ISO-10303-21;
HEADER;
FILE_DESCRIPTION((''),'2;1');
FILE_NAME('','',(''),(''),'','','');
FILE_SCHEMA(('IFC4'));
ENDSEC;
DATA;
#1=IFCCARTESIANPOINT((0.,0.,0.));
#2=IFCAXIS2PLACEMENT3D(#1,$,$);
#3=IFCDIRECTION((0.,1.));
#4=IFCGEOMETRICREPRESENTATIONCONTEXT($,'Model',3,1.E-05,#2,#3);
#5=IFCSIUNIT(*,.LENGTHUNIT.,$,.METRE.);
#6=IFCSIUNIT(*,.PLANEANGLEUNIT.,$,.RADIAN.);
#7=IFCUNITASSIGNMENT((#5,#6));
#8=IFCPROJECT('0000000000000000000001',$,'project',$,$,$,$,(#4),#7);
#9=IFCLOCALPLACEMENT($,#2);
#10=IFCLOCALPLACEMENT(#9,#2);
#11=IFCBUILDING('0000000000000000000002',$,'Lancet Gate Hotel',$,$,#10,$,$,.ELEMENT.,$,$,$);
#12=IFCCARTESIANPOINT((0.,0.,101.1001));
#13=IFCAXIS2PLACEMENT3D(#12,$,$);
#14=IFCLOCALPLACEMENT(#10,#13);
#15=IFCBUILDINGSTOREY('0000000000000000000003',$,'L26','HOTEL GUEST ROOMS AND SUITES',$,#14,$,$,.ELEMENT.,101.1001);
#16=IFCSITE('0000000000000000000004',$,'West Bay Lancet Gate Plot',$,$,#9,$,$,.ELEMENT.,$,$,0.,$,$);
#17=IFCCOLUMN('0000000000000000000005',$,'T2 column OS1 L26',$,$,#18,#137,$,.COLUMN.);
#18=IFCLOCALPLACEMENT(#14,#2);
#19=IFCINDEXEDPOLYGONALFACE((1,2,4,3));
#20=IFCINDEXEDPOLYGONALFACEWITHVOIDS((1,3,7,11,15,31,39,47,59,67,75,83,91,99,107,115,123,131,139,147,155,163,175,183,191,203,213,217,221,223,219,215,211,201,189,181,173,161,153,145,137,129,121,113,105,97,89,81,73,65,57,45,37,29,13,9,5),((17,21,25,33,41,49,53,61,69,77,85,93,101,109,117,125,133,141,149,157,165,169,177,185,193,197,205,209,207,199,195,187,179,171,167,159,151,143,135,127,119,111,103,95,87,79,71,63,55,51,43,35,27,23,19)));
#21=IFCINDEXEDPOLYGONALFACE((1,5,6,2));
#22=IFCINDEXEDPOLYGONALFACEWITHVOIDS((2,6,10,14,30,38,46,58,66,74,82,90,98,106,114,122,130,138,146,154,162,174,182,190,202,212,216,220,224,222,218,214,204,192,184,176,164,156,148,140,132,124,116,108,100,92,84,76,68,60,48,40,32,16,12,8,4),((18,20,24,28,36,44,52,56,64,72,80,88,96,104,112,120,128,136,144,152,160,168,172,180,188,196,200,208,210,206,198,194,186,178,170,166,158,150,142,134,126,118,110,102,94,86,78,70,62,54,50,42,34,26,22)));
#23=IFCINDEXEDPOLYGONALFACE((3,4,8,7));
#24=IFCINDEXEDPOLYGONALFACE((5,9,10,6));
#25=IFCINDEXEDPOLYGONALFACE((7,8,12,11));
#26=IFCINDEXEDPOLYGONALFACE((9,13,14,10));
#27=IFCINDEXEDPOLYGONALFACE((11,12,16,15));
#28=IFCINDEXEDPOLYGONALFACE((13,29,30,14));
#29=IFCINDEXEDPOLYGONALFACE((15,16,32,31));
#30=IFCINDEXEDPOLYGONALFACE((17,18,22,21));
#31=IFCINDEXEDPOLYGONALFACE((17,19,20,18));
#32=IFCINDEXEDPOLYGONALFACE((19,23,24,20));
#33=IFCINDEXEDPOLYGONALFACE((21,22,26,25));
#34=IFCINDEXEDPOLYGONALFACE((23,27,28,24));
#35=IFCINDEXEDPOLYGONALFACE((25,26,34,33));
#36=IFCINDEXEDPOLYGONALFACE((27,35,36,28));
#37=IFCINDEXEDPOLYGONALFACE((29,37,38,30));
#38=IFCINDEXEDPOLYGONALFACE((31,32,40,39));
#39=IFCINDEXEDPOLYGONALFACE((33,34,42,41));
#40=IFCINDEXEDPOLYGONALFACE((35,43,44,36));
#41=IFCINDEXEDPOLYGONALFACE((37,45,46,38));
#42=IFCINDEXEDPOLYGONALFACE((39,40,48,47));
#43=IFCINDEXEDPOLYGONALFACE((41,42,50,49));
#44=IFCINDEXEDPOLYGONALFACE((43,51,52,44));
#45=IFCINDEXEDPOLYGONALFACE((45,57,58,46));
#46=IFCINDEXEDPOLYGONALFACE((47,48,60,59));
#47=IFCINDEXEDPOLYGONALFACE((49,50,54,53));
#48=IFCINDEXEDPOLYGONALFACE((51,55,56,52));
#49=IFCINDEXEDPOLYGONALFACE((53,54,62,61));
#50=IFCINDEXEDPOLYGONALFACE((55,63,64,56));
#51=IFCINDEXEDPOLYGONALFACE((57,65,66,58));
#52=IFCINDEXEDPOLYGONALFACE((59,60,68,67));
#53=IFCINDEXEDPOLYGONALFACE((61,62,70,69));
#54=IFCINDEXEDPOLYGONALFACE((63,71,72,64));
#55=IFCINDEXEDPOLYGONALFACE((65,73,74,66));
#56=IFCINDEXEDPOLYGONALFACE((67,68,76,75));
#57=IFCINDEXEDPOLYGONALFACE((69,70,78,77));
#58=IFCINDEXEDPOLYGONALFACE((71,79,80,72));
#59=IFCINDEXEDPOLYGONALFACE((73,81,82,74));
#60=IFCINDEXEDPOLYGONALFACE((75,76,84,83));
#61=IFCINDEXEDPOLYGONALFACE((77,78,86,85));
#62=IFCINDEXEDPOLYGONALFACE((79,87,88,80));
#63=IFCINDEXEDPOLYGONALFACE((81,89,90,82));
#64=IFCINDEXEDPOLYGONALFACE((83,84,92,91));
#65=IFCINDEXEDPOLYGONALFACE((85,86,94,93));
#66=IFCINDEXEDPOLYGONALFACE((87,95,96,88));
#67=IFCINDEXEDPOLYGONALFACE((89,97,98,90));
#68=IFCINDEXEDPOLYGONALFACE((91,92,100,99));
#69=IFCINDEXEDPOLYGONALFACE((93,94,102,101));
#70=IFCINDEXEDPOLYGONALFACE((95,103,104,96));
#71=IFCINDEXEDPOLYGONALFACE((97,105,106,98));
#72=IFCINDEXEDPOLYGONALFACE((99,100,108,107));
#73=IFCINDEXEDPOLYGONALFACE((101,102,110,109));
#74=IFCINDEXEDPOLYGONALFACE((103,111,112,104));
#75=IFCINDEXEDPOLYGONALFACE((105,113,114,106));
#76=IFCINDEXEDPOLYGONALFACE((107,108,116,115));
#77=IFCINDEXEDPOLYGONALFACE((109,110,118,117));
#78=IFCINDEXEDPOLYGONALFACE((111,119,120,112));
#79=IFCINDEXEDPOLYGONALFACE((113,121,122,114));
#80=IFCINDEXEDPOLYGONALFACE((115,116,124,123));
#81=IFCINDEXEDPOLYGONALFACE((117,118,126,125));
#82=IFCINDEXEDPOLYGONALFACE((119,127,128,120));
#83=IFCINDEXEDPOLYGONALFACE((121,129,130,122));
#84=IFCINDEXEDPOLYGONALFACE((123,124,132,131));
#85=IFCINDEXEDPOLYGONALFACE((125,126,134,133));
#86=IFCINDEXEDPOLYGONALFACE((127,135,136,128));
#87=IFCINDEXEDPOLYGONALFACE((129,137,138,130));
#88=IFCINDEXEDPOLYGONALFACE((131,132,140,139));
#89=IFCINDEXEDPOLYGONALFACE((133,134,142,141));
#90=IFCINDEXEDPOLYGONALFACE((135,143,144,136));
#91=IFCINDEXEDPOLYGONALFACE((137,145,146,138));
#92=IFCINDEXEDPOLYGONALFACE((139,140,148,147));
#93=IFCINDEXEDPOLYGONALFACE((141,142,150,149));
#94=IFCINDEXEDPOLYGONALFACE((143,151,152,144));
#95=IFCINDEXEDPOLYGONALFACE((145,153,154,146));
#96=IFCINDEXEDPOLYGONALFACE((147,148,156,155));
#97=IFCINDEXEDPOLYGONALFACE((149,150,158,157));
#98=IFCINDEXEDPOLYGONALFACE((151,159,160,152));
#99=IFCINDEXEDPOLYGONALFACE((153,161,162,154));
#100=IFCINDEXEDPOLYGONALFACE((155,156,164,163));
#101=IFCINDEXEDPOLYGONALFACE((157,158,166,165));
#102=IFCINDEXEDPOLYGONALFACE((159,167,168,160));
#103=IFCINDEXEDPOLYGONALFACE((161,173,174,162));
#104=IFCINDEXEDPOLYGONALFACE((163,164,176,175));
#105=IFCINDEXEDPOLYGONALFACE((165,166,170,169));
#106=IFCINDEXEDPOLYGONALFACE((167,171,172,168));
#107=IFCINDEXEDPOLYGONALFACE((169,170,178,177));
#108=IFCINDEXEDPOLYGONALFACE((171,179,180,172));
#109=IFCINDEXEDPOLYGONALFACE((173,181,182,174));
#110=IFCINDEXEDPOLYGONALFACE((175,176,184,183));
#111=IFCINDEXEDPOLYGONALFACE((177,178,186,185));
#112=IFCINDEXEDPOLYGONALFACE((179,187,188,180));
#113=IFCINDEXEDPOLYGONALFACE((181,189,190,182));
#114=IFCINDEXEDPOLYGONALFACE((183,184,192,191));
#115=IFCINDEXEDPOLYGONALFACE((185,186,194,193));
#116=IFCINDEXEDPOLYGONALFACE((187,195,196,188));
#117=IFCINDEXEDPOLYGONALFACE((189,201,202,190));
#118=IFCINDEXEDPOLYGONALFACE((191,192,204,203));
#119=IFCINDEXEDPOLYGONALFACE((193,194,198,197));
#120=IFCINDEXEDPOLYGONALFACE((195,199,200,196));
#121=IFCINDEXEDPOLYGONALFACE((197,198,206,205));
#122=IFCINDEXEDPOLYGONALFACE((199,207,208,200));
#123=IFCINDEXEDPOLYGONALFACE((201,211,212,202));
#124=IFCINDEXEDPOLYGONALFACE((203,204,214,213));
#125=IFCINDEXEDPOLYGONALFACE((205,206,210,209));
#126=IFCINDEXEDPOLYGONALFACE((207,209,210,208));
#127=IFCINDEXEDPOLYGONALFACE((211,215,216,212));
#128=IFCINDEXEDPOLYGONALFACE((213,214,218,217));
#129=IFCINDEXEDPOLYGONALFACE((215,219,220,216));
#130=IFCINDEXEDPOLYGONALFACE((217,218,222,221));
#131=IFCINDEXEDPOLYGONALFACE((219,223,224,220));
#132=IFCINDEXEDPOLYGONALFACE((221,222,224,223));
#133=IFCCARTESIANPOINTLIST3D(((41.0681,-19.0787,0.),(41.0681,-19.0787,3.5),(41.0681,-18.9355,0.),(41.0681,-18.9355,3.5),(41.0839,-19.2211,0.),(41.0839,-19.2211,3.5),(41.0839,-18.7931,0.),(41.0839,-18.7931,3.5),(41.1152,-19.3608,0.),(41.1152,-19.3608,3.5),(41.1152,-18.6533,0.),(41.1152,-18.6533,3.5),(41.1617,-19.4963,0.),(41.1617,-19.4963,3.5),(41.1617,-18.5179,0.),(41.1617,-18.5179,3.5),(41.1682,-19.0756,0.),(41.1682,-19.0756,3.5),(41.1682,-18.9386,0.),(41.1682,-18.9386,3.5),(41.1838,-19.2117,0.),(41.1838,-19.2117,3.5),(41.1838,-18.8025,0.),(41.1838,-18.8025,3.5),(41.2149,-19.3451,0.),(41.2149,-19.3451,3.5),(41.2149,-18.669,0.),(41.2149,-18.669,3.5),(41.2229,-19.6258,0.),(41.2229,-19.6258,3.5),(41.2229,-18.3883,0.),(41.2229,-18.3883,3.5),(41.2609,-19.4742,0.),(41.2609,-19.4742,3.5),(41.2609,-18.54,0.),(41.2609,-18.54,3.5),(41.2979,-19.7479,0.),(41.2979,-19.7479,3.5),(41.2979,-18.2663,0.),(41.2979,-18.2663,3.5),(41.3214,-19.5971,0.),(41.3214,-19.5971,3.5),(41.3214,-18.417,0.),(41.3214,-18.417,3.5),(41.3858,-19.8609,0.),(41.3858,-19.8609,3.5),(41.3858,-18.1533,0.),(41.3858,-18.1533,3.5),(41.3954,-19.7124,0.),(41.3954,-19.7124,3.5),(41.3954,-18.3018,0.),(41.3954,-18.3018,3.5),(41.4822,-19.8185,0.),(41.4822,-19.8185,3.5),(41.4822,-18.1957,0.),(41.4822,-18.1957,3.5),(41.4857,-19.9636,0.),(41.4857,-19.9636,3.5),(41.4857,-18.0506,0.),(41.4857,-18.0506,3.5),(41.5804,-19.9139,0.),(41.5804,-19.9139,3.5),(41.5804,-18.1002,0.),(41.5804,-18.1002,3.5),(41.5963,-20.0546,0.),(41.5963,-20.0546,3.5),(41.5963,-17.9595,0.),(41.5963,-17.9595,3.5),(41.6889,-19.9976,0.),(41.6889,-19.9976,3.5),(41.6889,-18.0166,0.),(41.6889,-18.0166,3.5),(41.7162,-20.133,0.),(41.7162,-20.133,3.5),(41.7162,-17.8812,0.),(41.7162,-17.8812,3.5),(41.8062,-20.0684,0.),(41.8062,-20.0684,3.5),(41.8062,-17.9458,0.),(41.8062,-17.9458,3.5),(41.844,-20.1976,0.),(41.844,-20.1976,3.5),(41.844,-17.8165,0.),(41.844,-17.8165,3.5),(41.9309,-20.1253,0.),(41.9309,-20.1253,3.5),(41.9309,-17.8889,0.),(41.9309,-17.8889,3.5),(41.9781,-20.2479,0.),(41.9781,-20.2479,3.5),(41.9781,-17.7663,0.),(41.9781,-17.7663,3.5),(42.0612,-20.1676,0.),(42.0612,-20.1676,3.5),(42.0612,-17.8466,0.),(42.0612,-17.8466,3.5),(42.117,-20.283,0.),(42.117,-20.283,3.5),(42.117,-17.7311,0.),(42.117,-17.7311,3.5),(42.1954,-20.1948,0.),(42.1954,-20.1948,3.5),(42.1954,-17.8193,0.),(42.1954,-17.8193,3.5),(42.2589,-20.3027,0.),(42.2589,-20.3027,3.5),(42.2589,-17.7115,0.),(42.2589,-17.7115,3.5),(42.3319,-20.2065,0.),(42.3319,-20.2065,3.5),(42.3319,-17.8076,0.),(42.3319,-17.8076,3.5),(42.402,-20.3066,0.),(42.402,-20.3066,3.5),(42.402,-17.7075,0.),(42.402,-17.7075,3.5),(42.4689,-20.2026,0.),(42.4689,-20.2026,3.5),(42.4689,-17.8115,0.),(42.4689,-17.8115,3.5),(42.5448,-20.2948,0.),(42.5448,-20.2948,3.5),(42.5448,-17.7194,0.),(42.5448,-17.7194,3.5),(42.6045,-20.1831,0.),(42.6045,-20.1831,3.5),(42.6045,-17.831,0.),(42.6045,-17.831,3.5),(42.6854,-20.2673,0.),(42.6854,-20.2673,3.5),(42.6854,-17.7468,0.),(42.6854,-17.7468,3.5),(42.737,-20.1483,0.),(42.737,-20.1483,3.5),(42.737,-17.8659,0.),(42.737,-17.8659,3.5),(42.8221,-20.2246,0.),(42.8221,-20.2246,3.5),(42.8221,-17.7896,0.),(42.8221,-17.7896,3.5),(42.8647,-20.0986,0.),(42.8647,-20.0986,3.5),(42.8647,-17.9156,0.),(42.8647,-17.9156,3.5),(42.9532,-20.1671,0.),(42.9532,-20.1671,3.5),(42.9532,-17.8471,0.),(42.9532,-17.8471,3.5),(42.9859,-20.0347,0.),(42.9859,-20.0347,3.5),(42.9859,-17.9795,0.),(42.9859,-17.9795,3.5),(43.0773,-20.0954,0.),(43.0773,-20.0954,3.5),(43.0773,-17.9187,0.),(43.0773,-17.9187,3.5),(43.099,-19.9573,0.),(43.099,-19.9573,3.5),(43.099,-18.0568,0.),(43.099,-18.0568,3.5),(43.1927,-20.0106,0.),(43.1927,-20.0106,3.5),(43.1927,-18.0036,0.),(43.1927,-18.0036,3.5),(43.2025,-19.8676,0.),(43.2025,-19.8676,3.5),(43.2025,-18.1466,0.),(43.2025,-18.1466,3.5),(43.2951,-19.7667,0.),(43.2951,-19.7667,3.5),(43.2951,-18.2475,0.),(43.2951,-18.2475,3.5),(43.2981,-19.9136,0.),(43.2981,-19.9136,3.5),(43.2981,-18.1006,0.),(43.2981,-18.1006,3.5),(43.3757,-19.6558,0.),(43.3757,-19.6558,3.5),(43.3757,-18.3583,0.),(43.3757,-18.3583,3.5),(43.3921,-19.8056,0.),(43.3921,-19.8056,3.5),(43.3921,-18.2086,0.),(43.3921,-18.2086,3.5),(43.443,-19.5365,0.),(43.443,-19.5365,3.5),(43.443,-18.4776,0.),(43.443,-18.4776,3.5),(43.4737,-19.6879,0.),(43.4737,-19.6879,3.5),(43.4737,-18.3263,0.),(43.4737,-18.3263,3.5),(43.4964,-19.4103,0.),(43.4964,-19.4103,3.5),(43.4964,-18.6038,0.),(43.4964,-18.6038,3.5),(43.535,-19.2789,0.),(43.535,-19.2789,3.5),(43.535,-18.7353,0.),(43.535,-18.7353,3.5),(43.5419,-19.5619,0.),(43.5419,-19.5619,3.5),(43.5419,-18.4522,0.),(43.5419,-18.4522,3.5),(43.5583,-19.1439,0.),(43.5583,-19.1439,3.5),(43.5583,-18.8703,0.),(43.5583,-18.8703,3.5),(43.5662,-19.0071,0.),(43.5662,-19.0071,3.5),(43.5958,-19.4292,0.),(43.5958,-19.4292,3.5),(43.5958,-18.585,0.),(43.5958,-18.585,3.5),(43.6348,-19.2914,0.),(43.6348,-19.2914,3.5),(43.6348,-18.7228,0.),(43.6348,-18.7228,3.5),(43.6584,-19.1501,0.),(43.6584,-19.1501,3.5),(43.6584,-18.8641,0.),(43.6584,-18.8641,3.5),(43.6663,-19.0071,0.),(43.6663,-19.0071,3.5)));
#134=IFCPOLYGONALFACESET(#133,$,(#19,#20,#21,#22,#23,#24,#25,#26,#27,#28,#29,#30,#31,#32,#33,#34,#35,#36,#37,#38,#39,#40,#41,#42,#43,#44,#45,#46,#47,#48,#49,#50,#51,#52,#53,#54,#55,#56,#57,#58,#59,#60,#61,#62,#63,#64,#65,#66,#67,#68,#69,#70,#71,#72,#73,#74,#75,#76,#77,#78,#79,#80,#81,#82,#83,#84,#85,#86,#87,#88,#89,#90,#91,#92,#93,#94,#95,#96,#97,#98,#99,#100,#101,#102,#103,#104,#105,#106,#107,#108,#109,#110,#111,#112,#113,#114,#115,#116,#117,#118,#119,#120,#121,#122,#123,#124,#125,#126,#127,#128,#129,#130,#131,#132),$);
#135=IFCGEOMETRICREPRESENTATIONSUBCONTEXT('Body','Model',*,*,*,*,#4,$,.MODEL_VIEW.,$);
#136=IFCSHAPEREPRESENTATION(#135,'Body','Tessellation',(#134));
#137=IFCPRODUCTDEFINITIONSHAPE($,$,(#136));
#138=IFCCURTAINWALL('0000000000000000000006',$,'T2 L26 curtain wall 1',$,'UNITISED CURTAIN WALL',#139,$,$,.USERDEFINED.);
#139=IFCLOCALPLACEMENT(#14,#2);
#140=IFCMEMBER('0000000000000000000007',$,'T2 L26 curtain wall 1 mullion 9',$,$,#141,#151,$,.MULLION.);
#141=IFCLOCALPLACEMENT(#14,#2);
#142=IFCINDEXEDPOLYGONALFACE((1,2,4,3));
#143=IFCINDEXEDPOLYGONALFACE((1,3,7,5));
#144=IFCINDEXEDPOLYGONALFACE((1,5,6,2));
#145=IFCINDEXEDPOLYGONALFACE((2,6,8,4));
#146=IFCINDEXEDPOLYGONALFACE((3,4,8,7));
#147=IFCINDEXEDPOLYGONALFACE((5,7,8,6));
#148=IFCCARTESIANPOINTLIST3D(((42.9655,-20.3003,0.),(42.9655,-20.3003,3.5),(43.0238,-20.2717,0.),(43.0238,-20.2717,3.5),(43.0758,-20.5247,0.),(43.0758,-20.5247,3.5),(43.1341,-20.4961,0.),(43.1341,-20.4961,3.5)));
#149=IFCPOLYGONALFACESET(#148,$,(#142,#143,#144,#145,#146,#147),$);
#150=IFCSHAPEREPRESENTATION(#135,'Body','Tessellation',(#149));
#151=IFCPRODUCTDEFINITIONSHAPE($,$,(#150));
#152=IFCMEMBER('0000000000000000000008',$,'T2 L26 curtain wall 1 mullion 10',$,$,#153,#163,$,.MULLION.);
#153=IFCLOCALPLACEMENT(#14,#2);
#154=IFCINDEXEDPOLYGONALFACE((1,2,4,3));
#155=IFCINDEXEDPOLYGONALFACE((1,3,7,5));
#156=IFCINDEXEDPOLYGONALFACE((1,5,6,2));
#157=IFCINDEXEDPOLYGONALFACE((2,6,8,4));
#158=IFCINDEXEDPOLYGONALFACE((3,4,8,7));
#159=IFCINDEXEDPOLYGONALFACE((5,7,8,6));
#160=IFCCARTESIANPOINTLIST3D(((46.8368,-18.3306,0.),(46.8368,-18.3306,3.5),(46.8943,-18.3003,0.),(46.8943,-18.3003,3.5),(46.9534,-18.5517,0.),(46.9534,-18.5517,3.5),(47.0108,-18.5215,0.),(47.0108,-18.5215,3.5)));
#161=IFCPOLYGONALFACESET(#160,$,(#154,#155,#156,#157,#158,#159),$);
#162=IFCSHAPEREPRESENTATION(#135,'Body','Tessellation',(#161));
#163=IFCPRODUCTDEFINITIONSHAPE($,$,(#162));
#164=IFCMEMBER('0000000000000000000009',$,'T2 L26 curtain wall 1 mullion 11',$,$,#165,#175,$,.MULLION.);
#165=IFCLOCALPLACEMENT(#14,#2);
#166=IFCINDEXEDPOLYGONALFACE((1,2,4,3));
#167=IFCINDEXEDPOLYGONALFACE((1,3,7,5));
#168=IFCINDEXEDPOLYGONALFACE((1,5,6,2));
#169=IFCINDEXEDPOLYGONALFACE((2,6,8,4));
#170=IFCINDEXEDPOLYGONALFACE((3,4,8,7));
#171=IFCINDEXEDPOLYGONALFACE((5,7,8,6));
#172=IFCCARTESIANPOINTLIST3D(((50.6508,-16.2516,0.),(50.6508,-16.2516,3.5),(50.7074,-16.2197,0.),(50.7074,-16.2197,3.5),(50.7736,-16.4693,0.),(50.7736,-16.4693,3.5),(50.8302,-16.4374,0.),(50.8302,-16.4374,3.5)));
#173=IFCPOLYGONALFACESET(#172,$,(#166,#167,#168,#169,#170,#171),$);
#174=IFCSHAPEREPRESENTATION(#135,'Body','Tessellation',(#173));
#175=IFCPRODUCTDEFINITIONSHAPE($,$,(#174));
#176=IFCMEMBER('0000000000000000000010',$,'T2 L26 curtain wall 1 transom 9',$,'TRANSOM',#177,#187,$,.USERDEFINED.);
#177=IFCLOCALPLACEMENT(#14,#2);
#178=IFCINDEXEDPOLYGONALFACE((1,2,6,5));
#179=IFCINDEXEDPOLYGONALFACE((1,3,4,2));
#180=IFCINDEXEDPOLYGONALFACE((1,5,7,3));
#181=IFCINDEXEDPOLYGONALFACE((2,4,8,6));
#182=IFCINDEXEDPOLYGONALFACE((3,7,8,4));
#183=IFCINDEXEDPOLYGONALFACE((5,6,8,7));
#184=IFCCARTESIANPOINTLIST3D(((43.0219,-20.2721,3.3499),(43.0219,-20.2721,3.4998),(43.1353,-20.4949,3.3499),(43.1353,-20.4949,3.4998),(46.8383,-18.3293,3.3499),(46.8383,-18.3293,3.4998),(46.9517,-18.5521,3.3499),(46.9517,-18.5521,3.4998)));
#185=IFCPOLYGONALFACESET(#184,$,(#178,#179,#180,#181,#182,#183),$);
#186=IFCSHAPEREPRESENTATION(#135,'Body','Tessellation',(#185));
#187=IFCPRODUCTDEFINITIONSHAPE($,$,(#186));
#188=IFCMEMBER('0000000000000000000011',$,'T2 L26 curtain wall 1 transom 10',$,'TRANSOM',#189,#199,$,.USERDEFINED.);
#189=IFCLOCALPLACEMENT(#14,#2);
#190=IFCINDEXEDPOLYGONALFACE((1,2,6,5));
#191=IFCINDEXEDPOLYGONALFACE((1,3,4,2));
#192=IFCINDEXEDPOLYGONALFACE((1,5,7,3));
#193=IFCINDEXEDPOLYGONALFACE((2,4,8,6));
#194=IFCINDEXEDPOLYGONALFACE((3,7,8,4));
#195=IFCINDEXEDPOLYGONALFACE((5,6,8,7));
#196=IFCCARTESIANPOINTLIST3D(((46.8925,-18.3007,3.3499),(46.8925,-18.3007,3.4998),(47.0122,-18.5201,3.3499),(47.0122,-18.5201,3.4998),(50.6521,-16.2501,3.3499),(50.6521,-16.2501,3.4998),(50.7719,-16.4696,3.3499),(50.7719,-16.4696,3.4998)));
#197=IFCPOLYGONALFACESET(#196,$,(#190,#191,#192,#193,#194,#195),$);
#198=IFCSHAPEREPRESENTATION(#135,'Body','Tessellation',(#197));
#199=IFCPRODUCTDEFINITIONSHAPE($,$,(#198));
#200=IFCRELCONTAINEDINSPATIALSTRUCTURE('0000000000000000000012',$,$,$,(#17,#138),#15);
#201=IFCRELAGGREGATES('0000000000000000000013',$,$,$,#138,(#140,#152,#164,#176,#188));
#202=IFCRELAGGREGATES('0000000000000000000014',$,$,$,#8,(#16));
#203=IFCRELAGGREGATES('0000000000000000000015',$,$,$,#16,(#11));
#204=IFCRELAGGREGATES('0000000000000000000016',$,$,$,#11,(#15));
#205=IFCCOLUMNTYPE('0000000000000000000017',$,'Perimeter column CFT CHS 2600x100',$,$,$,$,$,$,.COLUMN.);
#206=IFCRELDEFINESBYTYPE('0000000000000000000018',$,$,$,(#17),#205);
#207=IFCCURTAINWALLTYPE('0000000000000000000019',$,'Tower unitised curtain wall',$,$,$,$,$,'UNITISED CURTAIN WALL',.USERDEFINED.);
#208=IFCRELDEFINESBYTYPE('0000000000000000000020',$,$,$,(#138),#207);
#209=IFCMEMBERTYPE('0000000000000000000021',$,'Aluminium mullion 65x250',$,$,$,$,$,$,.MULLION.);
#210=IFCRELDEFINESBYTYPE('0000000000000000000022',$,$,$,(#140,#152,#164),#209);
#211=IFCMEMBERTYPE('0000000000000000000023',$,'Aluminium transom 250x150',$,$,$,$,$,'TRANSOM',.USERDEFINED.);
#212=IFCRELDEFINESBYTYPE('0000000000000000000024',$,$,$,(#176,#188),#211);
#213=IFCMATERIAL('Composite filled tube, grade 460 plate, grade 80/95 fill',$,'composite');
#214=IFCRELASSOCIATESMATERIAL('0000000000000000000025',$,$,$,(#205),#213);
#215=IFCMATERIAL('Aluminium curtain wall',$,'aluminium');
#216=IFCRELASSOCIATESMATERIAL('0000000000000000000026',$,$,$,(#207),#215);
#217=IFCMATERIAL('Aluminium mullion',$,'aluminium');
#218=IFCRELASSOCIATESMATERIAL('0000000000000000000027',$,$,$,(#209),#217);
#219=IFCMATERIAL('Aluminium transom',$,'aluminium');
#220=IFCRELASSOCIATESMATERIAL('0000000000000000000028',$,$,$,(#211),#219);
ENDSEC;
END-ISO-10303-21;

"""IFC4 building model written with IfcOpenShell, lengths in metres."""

from ifc_helpers import new_model, si_unit, direction, frame, origin, origin_2d, place, context, subcontext, project, spatial, rectangle, hollow_circle, extrude, material, material_profile, profile_set, type_object, element, aggregate, save


model = new_model("IFC4")

# Units and contexts
model_context = context("Model", 3, precision=1e-05, world=origin(), true_north=direction((0.0, 1.0)))
body_context = subcontext(model_context, "Body", "Model", "MODEL_VIEW")
ifc_project = project(units=[si_unit("LENGTHUNIT", "METRE"), si_unit("PLANEANGLEUNIT", "RADIAN")], contexts=[model_context])

# Site, building, storey
site_placement = place(None, origin())
site = spatial("IfcSite", under=ifc_project, at=site_placement, Name="West Bay Lancet Gate Plot", CompositionType="ELEMENT", RefElevation=0.0)
building_placement = place(site_placement, origin())
building = spatial("IfcBuilding", under=site, at=building_placement, Name="Lancet Gate Hotel", CompositionType="ELEMENT")
storey_placement = place(building_placement, frame((0.0, 0.0, 101.1001)))
storey = spatial("IfcBuildingStorey", under=building, at=storey_placement, Name="L26", Description="HOTEL GUEST ROOMS AND SUITES", CompositionType="ELEMENT", Elevation=101.1001)

# Column
ifc_material_1 = material(Name="Composite filled tube, grade 460 plate, grade 80/95 fill", Category="composite")
ifc_material_profile_1 = material_profile(ifc_material_1, hollow_circle(Radius=1.3, WallThickness=0.1001, at=origin_2d()), Name="CHS 2600x100")
ifc_profile_set_1 = profile_set([ifc_material_profile_1], Name="Composite filled tube, grade 460 plate, grade 80/95 fill")
column_type = type_object("IfcColumnType", Name="Perimeter column CFT CHS 2600x100", PredefinedType="COLUMN", material=ifc_profile_set_1)
column_placement = place(storey_placement, frame((42.3662, -19.0071, 0.0), z_axis=(0.0, 0.0, 1.0), x_axis=(1.0, 0.0, 0.0)))
element("IfcColumn", 1, at=column_placement, inside=storey, type_object=column_type, Name="T2 column OS1 L26", PredefinedType="COLUMN", context=body_context, shape_type="SweptSolid", body=[
    extrude(hollow_circle(Radius=1.3, WallThickness=0.1001, at=origin_2d()), origin(), (0.0, 0.0, 1.0), 3.5),
])

# Curtain wall, members
ifc_material_2 = material(Name="Aluminium curtain wall", Category="aluminium")
curtain_wall_type = type_object("IfcCurtainWallType", Name="Tower unitised curtain wall", ElementType="UNITISED CURTAIN WALL", PredefinedType="USERDEFINED", material=ifc_material_2)
curtain_wall_placement = place(storey_placement, origin())
curtain_wall = element("IfcCurtainWall", 2, at=curtain_wall_placement, inside=storey, type_object=curtain_wall_type, Name="T2 L26 curtain wall 1", ObjectType="UNITISED CURTAIN WALL", PredefinedType="USERDEFINED")
ifc_material_3 = material(Name="Aluminium mullion", Category="aluminium")
ifc_material_profile_2 = material_profile(ifc_material_3, rectangle(XDim=0.0649, YDim=0.25, at=origin_2d()), Name="MULLION 65x250")
ifc_profile_set_2 = profile_set([ifc_material_profile_2], Name="Aluminium mullion")
member_type_1 = type_object("IfcMemberType", Name="Aluminium mullion 65x250", PredefinedType="MULLION", material=ifc_profile_set_2)
member_1_placement = place(storey_placement, frame((43.0498, -20.3982, 0.0), z_axis=(0.0, 0.0, 1.0), x_axis=(0.897512, 0.44099, 0.0)))
member_1 = element("IfcMember", 3, at=member_1_placement, type_object=member_type_1, Name="T2 L26 curtain wall 1 mullion 9", PredefinedType="MULLION", context=body_context, shape_type="SweptSolid", body=[
    extrude(rectangle(XDim=0.0649, YDim=0.25, at=origin_2d()), origin(), (0.0, 0.0, 1.0), 3.5),
])
member_2_placement = place(storey_placement, frame((46.9238, -18.426, 0.0), z_axis=(0.0, 0.0, 1.0), x_axis=(0.884627, 0.466299, 0.0)))
member_2 = element("IfcMember", 4, at=member_2_placement, type_object=member_type_1, Name="T2 L26 curtain wall 1 mullion 10", PredefinedType="MULLION", context=body_context, shape_type="SweptSolid", body=[
    extrude(rectangle(XDim=0.0649, YDim=0.25, at=origin_2d()), origin(), (0.0, 0.0, 1.0), 3.5),
])
member_3_placement = place(storey_placement, frame((50.7405, -16.3445, 0.0), z_axis=(0.0, 0.0, 1.0), x_axis=(0.871029, 0.491232, 0.0)))
member_3 = element("IfcMember", 5, at=member_3_placement, type_object=member_type_1, Name="T2 L26 curtain wall 1 mullion 11", PredefinedType="MULLION", context=body_context, shape_type="SweptSolid", body=[
    extrude(rectangle(XDim=0.0649, YDim=0.25, at=origin_2d()), origin(), (0.0, 0.0, 1.0), 3.5),
])
ifc_material_4 = material(Name="Aluminium transom", Category="aluminium")
ifc_material_profile_3 = material_profile(ifc_material_4, rectangle(XDim=0.25, YDim=0.1499, at=origin_2d()), Name="TRANSOM 250x150")
ifc_profile_set_3 = profile_set([ifc_material_profile_3], Name="Aluminium transom")
member_type_2 = type_object("IfcMemberType", Name="Aluminium transom 250x150", ElementType="TRANSOM", PredefinedType="USERDEFINED", material=ifc_profile_set_3)
member_4_placement = place(storey_placement, frame((43.0786, -20.3835, 3.4248), z_axis=(0.891166, 0.453678, 0.0), x_axis=(-0.453678, 0.891166, 0.0)))
member_4 = element("IfcMember", 6, at=member_4_placement, type_object=member_type_2, Name="T2 L26 curtain wall 1 transom 9", ObjectType="TRANSOM", PredefinedType="USERDEFINED", context=body_context, shape_type="SweptSolid", body=[
    extrude(rectangle(XDim=0.25, YDim=0.1499, at=origin_2d()), origin(), (0.0, 0.0, 1.0), 4.2825),
])
member_5_placement = place(storey_placement, frame((46.9524, -18.4104, 3.4248), z_axis=(0.877906, 0.478832, 0.0), x_axis=(-0.478832, 0.877906, 0.0)))
member_5 = element("IfcMember", 7, at=member_5_placement, type_object=member_type_2, Name="T2 L26 curtain wall 1 transom 10", ObjectType="TRANSOM", PredefinedType="USERDEFINED", context=body_context, shape_type="SweptSolid", body=[
    extrude(rectangle(XDim=0.25, YDim=0.1499, at=origin_2d()), origin(), (0.0, 0.0, 1.0), 4.2825),
])

aggregate(curtain_wall, [member_1, member_2, member_3, member_4, member_5])

save(model, "model.ifc")
